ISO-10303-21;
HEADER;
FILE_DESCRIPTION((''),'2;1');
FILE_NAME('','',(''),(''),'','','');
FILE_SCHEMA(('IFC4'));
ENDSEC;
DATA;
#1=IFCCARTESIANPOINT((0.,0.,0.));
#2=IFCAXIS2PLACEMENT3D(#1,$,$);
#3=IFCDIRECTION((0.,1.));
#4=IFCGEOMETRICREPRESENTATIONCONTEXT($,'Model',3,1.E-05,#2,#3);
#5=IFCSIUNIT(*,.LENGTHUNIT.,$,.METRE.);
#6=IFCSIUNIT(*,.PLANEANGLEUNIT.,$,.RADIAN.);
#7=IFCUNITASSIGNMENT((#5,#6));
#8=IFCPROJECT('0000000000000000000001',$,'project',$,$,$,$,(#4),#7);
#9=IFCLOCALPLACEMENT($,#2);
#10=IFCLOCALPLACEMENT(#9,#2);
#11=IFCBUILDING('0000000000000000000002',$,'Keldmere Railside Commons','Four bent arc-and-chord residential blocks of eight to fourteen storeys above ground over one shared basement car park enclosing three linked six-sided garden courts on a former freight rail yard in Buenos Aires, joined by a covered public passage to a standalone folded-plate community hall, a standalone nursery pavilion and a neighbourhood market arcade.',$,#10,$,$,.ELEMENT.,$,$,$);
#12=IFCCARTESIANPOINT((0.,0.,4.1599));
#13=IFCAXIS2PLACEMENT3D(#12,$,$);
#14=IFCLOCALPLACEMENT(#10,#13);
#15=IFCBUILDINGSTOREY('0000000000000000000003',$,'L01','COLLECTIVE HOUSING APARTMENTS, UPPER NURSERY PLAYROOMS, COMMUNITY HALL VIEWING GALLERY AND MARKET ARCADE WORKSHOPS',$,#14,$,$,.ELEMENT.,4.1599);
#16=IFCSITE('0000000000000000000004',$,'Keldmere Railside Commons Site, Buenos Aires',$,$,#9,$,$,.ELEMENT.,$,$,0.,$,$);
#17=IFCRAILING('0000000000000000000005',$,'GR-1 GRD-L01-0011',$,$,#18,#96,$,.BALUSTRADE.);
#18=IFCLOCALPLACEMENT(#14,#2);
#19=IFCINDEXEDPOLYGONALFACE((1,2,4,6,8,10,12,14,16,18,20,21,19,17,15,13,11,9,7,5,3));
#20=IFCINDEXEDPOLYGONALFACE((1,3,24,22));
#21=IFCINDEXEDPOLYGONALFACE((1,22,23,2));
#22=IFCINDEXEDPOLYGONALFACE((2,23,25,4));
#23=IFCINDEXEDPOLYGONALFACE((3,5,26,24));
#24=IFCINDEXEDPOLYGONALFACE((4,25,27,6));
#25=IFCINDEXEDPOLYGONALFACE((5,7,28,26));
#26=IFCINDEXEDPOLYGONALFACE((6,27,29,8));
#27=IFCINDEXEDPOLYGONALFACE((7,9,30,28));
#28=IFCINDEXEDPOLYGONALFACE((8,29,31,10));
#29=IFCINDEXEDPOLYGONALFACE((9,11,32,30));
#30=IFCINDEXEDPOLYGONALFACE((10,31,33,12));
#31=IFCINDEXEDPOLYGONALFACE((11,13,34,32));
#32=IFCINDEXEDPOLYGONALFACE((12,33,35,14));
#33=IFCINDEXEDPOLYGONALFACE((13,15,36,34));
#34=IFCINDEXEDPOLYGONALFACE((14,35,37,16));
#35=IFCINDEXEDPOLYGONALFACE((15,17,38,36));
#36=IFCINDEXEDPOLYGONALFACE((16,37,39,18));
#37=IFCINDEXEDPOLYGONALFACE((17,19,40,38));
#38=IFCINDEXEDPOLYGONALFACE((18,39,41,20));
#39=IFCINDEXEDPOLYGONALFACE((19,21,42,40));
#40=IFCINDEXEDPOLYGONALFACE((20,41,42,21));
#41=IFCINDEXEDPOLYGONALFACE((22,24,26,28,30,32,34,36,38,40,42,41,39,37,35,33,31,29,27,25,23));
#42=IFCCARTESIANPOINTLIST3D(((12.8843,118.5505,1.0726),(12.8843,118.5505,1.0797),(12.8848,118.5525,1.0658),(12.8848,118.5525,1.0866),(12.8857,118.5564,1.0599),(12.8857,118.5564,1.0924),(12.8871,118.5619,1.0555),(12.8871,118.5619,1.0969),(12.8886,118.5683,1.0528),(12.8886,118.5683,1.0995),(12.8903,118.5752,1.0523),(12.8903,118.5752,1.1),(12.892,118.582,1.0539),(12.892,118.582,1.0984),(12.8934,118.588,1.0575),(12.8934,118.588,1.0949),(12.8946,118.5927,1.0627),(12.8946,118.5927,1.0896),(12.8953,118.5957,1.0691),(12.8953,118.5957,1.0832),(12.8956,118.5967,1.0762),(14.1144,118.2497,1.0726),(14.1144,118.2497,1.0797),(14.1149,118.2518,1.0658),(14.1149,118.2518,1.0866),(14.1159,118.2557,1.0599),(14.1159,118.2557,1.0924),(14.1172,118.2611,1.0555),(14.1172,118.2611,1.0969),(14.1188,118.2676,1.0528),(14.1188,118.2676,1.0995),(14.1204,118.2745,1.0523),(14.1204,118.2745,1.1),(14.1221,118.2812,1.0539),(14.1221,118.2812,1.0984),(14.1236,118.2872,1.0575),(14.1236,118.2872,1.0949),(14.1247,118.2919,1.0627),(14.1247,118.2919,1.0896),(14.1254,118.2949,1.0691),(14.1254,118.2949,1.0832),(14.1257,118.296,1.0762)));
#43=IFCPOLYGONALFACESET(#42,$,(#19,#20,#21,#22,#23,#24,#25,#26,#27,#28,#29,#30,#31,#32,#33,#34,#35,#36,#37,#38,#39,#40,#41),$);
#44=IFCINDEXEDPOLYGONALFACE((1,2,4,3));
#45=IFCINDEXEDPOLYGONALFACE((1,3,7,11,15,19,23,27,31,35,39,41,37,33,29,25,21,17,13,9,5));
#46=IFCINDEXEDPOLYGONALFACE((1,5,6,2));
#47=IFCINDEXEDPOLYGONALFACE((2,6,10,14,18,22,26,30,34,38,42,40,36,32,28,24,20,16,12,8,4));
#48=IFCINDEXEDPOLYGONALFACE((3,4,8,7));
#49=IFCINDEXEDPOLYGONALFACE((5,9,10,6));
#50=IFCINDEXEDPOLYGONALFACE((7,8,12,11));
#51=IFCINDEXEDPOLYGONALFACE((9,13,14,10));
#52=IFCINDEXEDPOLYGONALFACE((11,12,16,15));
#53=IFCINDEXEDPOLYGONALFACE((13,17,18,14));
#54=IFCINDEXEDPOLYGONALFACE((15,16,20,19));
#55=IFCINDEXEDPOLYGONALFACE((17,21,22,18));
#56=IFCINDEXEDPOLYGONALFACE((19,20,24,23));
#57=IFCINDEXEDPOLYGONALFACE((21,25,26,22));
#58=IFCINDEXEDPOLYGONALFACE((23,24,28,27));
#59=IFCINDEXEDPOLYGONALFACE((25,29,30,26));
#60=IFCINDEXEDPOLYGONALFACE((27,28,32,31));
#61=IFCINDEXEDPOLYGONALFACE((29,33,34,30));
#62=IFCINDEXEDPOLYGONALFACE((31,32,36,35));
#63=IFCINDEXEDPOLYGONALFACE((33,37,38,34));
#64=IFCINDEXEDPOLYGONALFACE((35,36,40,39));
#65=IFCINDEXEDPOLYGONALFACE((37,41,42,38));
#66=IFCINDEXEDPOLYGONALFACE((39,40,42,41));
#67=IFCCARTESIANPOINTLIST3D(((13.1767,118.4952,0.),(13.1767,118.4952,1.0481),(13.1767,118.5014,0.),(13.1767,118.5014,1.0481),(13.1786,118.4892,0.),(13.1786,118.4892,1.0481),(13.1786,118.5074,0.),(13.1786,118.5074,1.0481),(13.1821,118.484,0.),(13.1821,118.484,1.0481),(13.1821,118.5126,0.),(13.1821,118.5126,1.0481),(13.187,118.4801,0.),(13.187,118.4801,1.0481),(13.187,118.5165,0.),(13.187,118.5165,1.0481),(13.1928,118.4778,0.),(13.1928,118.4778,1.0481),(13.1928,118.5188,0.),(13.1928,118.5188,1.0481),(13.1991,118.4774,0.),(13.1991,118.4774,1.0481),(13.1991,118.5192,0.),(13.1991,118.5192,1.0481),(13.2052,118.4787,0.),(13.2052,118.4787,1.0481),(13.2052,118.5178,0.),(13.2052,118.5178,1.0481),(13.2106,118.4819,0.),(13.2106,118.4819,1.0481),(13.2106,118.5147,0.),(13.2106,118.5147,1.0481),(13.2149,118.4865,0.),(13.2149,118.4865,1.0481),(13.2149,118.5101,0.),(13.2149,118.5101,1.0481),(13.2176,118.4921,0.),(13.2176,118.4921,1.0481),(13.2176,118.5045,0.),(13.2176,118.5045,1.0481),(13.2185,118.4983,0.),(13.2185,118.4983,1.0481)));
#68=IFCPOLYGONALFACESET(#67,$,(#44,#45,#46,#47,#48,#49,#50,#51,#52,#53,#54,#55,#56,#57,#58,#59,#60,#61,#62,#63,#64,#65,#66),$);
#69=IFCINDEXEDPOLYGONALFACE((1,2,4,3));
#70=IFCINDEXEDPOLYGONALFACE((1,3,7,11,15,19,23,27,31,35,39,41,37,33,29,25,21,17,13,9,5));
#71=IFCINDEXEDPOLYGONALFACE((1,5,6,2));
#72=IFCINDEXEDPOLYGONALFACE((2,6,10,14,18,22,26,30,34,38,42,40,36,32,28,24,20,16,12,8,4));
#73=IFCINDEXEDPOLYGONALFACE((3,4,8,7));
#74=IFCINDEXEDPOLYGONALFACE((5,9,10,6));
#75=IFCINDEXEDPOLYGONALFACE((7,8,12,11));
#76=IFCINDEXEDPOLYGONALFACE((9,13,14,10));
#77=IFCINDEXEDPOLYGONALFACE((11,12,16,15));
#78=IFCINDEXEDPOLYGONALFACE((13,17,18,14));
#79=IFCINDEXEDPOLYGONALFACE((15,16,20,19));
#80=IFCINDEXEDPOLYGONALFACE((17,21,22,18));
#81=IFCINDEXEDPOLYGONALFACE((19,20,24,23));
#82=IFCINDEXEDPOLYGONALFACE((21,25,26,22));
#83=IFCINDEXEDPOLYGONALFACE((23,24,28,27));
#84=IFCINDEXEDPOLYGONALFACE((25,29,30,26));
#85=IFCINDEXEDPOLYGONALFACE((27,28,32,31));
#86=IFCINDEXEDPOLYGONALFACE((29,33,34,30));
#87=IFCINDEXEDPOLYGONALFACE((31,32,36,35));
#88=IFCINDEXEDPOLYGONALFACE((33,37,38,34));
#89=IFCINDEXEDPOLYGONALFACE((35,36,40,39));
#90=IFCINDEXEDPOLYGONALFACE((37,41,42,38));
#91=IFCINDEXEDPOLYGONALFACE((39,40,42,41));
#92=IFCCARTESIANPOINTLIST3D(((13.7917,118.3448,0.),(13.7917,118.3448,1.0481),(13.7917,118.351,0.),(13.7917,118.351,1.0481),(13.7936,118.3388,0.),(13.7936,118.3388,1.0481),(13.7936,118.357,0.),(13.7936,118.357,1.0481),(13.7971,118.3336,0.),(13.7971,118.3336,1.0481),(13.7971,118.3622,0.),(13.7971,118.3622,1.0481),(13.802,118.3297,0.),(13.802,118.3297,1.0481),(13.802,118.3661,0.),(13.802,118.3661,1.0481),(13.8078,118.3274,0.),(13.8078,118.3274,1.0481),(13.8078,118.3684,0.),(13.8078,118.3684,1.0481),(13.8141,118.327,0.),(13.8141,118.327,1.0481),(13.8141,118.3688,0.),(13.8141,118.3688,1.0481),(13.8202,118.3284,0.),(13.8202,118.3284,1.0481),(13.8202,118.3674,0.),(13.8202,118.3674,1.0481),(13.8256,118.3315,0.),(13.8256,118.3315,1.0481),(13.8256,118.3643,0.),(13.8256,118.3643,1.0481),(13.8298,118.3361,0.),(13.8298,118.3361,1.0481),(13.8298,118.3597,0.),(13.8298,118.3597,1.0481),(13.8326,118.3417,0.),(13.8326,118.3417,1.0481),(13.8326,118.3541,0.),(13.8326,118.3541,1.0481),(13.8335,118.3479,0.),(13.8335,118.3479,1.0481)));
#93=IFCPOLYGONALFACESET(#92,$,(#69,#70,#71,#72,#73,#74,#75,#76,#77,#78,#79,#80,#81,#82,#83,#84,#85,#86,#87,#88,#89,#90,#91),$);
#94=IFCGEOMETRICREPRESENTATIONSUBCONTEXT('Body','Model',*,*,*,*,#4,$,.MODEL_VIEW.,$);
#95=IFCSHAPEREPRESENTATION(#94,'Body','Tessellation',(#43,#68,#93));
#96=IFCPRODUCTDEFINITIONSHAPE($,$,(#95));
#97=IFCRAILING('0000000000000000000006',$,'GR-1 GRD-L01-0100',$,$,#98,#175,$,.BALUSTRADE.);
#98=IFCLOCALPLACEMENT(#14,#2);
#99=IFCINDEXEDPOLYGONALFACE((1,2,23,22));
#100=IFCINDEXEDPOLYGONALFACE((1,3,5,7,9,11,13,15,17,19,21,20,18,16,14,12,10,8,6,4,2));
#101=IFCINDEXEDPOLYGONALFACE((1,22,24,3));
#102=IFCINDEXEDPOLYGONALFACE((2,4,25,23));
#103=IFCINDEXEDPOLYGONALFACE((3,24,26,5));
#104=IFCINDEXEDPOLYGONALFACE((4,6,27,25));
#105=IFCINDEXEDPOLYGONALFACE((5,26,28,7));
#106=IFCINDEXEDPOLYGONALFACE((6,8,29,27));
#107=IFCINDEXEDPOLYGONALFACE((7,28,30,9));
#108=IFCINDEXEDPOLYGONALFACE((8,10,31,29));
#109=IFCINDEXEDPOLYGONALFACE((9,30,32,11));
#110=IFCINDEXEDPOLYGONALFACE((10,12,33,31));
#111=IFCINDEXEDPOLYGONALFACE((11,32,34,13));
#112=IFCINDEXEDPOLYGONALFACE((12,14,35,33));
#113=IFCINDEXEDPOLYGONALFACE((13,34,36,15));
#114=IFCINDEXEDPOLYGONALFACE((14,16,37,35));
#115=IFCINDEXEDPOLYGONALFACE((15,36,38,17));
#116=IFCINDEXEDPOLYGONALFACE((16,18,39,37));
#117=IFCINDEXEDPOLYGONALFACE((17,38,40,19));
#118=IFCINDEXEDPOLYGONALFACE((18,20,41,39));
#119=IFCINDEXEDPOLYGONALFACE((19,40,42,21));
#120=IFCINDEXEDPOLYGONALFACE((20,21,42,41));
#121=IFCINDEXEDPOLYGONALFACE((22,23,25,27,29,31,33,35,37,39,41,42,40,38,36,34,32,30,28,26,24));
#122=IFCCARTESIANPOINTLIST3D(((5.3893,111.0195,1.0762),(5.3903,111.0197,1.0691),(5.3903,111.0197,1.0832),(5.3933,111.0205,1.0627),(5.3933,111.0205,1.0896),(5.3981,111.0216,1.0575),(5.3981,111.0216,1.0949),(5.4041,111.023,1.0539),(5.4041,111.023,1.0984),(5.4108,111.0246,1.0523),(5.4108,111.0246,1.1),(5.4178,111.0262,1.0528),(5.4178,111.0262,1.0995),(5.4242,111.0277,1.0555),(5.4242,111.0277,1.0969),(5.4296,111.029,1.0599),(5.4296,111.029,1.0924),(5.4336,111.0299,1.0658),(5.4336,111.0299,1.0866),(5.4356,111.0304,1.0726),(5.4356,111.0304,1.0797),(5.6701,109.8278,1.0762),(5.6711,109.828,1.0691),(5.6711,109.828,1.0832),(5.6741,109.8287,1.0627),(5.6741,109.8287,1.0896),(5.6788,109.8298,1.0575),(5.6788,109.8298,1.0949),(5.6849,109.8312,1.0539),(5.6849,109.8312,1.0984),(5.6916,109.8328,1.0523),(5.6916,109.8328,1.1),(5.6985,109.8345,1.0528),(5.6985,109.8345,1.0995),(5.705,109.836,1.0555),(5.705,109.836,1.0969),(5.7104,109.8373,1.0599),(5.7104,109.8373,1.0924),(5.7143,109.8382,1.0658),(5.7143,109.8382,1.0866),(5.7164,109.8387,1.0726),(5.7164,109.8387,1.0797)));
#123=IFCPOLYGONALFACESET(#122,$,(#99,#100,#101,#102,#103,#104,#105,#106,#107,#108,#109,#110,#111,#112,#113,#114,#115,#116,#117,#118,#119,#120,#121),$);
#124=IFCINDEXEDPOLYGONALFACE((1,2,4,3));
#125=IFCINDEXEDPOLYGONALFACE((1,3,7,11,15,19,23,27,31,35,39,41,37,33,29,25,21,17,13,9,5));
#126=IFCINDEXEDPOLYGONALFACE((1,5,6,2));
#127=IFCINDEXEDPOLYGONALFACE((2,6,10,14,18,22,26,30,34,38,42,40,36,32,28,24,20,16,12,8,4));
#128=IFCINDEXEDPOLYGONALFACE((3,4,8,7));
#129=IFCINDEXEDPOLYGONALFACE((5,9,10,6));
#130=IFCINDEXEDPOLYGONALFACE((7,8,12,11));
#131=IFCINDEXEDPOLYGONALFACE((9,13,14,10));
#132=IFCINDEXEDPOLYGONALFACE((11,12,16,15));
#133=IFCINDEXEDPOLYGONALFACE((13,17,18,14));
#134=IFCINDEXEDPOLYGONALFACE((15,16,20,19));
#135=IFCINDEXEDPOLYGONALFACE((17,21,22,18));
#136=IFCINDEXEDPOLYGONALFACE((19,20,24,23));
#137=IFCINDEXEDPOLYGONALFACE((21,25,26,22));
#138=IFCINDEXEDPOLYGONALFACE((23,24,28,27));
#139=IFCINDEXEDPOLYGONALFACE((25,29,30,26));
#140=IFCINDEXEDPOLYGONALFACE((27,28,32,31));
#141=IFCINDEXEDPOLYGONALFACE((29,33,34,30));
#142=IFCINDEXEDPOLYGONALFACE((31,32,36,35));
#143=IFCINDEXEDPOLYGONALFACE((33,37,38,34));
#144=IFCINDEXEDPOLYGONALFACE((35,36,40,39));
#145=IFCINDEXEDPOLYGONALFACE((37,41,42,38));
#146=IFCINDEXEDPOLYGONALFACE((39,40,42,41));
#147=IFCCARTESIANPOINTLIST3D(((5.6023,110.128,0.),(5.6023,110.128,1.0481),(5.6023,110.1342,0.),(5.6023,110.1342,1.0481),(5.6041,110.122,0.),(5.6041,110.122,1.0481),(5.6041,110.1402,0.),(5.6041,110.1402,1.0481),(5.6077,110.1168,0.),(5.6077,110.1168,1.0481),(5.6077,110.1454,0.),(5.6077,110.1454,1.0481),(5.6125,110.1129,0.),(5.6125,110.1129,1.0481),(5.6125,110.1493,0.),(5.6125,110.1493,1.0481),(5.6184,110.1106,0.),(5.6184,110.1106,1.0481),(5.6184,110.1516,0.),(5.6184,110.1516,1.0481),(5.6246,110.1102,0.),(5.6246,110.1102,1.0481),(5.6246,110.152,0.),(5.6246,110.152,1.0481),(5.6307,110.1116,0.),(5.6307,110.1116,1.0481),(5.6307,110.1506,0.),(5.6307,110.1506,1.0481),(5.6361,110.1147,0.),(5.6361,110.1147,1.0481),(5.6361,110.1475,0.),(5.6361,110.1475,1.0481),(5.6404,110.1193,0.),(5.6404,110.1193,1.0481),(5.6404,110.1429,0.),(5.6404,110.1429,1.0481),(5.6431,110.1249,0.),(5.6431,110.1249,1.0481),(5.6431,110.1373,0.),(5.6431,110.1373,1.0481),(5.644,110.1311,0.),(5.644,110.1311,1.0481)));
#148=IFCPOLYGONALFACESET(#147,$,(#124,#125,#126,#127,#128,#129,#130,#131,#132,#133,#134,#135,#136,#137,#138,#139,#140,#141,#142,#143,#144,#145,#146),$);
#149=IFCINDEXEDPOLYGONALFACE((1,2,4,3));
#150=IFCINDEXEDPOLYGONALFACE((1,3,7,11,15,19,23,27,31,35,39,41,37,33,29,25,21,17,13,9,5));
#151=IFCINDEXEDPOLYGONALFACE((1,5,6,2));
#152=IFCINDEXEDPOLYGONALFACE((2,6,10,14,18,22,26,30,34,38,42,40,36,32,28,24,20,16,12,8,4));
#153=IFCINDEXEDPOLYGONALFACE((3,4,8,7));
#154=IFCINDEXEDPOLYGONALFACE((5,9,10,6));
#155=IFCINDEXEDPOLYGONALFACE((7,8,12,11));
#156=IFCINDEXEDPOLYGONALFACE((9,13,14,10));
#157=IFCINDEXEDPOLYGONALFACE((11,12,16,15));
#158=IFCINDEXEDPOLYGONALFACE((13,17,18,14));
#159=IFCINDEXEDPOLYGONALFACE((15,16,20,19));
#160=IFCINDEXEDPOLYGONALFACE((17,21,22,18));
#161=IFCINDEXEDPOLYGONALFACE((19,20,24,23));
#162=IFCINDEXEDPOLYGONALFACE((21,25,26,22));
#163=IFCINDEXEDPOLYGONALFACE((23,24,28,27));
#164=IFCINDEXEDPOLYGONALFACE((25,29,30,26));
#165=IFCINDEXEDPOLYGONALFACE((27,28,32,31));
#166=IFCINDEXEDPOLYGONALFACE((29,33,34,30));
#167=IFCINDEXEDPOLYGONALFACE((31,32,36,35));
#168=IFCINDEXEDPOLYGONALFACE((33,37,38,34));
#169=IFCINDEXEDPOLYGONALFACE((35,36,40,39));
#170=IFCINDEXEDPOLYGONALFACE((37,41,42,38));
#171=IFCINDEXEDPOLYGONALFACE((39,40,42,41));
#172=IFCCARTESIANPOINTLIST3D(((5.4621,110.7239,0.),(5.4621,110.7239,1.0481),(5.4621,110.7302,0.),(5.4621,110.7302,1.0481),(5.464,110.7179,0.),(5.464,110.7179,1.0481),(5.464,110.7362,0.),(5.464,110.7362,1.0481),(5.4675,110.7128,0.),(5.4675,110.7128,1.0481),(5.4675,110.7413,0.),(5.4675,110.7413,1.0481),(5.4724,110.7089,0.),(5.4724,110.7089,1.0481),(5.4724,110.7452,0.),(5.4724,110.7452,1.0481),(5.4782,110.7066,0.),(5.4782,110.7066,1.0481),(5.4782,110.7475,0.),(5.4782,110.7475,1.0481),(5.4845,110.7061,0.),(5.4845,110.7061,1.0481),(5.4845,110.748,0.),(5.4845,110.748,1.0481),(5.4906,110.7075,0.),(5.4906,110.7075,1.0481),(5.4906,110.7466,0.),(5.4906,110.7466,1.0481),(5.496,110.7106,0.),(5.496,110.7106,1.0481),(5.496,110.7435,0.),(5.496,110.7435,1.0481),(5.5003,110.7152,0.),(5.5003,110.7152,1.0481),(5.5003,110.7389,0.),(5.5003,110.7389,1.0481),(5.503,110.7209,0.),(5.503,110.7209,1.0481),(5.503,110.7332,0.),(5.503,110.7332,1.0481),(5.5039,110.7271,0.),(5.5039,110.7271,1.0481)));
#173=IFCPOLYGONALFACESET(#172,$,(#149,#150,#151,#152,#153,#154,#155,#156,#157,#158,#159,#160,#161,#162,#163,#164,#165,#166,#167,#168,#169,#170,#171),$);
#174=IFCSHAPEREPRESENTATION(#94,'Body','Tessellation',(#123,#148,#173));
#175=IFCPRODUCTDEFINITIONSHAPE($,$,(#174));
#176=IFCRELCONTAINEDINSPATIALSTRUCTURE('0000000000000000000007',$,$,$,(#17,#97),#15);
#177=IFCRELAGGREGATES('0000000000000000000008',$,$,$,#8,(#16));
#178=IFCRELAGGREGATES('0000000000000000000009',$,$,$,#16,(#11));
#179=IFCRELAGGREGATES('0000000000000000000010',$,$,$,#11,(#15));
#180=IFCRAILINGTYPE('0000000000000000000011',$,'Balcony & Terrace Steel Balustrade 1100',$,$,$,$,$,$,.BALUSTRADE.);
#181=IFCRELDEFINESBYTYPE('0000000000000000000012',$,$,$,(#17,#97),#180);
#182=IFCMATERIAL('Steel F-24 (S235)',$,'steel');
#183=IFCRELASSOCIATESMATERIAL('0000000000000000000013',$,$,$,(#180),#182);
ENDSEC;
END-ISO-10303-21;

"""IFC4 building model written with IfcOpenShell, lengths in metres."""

from ifc_helpers import new_model, si_unit, direction, frame, origin, origin_2d, place, context, subcontext, project, spatial, circle, extrude, material, type_object, element, save


model = new_model("IFC4")

# Units and contexts
model_context = context("Model", 3, precision=1e-05, world=origin(), true_north=direction((0.0, 1.0)))
body_context = subcontext(model_context, "Body", "Model", "MODEL_VIEW")
ifc_project = project(units=[si_unit("LENGTHUNIT", "METRE"), si_unit("PLANEANGLEUNIT", "RADIAN")], contexts=[model_context])

# Site, building, storey
site_placement = place(None, origin())
site = spatial("IfcSite", under=ifc_project, at=site_placement, Name="Keldmere Railside Commons Site, Buenos Aires", CompositionType="ELEMENT", RefElevation=0.0)
building_placement = place(site_placement, origin())
building = spatial("IfcBuilding", under=site, at=building_placement, Name="Keldmere Railside Commons", Description="Four bent arc-and-chord residential blocks of eight to fourteen storeys above ground over one shared basement car park enclosing three linked six-sided garden courts on a former freight rail yard in Buenos Aires, joined by a covered public passage to a standalone folded-plate community hall, a standalone nursery pavilion and a neighbourhood market arcade.", CompositionType="ELEMENT")
storey_placement = place(building_placement, frame((0.0, 0.0, 4.1599)))
storey = spatial("IfcBuildingStorey", under=building, at=storey_placement, Name="L01", Description="COLLECTIVE HOUSING APARTMENTS, UPPER NURSERY PLAYROOMS, COMMUNITY HALL VIEWING GALLERY AND MARKET ARCADE WORKSHOPS", CompositionType="ELEMENT", Elevation=4.1599)

# Railings
ifc_material_1 = material(Name="Steel F-24 (S235)", Category="steel")
railing_type = type_object("IfcRailingType", Name="Balcony & Terrace Steel Balustrade 1100", PredefinedType="BALUSTRADE", material=ifc_material_1)
railing_1_placement = place(storey_placement, frame((12.8899, 118.5735, 0.0)))
element("IfcRailing", 1, at=railing_1_placement, inside=storey, type_object=railing_type, Name="GR-1 GRD-L01-0011", PredefinedType="BALUSTRADE", context=body_context, shape_type="SweptSolid", body=[
    extrude(circle(Radius=0.0239, at=origin_2d()), frame((0.0, 0.0, 1.0762), z_axis=(0.971388, -0.237498, 0.0), x_axis=(0.237498, 0.971388, 0.0)), (0.0, 0.0, 1.0), 1.2664),
    extrude(circle(Radius=0.021, at=origin_2d()), frame((0.3076, -0.0752, 0.0)), (0.0, 0.0, 1.0), 1.0481),
    extrude(circle(Radius=0.021, at=origin_2d()), frame((0.9226, -0.2256, 0.0)), (0.0, 0.0, 1.0), 1.0481),
])
railing_2_placement = place(storey_placement, frame((5.6934, 109.8333, 0.0)))
element("IfcRailing", 2, at=railing_2_placement, inside=storey, type_object=railing_type, Name="GR-1 GRD-L01-0100", PredefinedType="BALUSTRADE", context=body_context, shape_type="SweptSolid", body=[
    extrude(circle(Radius=0.0239, at=origin_2d()), frame((0.0, 0.0, 1.0762), z_axis=(-0.229328, 0.973349, 0.0), x_axis=(-0.973349, -0.229328, 0.0)), (0.0, 0.0, 1.0), 1.2244),
    extrude(circle(Radius=0.021, at=origin_2d()), frame((-0.0703, 0.2979, 0.0)), (0.0, 0.0, 1.0), 1.0481),
    extrude(circle(Radius=0.021, at=origin_2d()), frame((-0.2104, 0.8938, 0.0)), (0.0, 0.0, 1.0), 1.0481),
])

save(model, "model.ifc")
